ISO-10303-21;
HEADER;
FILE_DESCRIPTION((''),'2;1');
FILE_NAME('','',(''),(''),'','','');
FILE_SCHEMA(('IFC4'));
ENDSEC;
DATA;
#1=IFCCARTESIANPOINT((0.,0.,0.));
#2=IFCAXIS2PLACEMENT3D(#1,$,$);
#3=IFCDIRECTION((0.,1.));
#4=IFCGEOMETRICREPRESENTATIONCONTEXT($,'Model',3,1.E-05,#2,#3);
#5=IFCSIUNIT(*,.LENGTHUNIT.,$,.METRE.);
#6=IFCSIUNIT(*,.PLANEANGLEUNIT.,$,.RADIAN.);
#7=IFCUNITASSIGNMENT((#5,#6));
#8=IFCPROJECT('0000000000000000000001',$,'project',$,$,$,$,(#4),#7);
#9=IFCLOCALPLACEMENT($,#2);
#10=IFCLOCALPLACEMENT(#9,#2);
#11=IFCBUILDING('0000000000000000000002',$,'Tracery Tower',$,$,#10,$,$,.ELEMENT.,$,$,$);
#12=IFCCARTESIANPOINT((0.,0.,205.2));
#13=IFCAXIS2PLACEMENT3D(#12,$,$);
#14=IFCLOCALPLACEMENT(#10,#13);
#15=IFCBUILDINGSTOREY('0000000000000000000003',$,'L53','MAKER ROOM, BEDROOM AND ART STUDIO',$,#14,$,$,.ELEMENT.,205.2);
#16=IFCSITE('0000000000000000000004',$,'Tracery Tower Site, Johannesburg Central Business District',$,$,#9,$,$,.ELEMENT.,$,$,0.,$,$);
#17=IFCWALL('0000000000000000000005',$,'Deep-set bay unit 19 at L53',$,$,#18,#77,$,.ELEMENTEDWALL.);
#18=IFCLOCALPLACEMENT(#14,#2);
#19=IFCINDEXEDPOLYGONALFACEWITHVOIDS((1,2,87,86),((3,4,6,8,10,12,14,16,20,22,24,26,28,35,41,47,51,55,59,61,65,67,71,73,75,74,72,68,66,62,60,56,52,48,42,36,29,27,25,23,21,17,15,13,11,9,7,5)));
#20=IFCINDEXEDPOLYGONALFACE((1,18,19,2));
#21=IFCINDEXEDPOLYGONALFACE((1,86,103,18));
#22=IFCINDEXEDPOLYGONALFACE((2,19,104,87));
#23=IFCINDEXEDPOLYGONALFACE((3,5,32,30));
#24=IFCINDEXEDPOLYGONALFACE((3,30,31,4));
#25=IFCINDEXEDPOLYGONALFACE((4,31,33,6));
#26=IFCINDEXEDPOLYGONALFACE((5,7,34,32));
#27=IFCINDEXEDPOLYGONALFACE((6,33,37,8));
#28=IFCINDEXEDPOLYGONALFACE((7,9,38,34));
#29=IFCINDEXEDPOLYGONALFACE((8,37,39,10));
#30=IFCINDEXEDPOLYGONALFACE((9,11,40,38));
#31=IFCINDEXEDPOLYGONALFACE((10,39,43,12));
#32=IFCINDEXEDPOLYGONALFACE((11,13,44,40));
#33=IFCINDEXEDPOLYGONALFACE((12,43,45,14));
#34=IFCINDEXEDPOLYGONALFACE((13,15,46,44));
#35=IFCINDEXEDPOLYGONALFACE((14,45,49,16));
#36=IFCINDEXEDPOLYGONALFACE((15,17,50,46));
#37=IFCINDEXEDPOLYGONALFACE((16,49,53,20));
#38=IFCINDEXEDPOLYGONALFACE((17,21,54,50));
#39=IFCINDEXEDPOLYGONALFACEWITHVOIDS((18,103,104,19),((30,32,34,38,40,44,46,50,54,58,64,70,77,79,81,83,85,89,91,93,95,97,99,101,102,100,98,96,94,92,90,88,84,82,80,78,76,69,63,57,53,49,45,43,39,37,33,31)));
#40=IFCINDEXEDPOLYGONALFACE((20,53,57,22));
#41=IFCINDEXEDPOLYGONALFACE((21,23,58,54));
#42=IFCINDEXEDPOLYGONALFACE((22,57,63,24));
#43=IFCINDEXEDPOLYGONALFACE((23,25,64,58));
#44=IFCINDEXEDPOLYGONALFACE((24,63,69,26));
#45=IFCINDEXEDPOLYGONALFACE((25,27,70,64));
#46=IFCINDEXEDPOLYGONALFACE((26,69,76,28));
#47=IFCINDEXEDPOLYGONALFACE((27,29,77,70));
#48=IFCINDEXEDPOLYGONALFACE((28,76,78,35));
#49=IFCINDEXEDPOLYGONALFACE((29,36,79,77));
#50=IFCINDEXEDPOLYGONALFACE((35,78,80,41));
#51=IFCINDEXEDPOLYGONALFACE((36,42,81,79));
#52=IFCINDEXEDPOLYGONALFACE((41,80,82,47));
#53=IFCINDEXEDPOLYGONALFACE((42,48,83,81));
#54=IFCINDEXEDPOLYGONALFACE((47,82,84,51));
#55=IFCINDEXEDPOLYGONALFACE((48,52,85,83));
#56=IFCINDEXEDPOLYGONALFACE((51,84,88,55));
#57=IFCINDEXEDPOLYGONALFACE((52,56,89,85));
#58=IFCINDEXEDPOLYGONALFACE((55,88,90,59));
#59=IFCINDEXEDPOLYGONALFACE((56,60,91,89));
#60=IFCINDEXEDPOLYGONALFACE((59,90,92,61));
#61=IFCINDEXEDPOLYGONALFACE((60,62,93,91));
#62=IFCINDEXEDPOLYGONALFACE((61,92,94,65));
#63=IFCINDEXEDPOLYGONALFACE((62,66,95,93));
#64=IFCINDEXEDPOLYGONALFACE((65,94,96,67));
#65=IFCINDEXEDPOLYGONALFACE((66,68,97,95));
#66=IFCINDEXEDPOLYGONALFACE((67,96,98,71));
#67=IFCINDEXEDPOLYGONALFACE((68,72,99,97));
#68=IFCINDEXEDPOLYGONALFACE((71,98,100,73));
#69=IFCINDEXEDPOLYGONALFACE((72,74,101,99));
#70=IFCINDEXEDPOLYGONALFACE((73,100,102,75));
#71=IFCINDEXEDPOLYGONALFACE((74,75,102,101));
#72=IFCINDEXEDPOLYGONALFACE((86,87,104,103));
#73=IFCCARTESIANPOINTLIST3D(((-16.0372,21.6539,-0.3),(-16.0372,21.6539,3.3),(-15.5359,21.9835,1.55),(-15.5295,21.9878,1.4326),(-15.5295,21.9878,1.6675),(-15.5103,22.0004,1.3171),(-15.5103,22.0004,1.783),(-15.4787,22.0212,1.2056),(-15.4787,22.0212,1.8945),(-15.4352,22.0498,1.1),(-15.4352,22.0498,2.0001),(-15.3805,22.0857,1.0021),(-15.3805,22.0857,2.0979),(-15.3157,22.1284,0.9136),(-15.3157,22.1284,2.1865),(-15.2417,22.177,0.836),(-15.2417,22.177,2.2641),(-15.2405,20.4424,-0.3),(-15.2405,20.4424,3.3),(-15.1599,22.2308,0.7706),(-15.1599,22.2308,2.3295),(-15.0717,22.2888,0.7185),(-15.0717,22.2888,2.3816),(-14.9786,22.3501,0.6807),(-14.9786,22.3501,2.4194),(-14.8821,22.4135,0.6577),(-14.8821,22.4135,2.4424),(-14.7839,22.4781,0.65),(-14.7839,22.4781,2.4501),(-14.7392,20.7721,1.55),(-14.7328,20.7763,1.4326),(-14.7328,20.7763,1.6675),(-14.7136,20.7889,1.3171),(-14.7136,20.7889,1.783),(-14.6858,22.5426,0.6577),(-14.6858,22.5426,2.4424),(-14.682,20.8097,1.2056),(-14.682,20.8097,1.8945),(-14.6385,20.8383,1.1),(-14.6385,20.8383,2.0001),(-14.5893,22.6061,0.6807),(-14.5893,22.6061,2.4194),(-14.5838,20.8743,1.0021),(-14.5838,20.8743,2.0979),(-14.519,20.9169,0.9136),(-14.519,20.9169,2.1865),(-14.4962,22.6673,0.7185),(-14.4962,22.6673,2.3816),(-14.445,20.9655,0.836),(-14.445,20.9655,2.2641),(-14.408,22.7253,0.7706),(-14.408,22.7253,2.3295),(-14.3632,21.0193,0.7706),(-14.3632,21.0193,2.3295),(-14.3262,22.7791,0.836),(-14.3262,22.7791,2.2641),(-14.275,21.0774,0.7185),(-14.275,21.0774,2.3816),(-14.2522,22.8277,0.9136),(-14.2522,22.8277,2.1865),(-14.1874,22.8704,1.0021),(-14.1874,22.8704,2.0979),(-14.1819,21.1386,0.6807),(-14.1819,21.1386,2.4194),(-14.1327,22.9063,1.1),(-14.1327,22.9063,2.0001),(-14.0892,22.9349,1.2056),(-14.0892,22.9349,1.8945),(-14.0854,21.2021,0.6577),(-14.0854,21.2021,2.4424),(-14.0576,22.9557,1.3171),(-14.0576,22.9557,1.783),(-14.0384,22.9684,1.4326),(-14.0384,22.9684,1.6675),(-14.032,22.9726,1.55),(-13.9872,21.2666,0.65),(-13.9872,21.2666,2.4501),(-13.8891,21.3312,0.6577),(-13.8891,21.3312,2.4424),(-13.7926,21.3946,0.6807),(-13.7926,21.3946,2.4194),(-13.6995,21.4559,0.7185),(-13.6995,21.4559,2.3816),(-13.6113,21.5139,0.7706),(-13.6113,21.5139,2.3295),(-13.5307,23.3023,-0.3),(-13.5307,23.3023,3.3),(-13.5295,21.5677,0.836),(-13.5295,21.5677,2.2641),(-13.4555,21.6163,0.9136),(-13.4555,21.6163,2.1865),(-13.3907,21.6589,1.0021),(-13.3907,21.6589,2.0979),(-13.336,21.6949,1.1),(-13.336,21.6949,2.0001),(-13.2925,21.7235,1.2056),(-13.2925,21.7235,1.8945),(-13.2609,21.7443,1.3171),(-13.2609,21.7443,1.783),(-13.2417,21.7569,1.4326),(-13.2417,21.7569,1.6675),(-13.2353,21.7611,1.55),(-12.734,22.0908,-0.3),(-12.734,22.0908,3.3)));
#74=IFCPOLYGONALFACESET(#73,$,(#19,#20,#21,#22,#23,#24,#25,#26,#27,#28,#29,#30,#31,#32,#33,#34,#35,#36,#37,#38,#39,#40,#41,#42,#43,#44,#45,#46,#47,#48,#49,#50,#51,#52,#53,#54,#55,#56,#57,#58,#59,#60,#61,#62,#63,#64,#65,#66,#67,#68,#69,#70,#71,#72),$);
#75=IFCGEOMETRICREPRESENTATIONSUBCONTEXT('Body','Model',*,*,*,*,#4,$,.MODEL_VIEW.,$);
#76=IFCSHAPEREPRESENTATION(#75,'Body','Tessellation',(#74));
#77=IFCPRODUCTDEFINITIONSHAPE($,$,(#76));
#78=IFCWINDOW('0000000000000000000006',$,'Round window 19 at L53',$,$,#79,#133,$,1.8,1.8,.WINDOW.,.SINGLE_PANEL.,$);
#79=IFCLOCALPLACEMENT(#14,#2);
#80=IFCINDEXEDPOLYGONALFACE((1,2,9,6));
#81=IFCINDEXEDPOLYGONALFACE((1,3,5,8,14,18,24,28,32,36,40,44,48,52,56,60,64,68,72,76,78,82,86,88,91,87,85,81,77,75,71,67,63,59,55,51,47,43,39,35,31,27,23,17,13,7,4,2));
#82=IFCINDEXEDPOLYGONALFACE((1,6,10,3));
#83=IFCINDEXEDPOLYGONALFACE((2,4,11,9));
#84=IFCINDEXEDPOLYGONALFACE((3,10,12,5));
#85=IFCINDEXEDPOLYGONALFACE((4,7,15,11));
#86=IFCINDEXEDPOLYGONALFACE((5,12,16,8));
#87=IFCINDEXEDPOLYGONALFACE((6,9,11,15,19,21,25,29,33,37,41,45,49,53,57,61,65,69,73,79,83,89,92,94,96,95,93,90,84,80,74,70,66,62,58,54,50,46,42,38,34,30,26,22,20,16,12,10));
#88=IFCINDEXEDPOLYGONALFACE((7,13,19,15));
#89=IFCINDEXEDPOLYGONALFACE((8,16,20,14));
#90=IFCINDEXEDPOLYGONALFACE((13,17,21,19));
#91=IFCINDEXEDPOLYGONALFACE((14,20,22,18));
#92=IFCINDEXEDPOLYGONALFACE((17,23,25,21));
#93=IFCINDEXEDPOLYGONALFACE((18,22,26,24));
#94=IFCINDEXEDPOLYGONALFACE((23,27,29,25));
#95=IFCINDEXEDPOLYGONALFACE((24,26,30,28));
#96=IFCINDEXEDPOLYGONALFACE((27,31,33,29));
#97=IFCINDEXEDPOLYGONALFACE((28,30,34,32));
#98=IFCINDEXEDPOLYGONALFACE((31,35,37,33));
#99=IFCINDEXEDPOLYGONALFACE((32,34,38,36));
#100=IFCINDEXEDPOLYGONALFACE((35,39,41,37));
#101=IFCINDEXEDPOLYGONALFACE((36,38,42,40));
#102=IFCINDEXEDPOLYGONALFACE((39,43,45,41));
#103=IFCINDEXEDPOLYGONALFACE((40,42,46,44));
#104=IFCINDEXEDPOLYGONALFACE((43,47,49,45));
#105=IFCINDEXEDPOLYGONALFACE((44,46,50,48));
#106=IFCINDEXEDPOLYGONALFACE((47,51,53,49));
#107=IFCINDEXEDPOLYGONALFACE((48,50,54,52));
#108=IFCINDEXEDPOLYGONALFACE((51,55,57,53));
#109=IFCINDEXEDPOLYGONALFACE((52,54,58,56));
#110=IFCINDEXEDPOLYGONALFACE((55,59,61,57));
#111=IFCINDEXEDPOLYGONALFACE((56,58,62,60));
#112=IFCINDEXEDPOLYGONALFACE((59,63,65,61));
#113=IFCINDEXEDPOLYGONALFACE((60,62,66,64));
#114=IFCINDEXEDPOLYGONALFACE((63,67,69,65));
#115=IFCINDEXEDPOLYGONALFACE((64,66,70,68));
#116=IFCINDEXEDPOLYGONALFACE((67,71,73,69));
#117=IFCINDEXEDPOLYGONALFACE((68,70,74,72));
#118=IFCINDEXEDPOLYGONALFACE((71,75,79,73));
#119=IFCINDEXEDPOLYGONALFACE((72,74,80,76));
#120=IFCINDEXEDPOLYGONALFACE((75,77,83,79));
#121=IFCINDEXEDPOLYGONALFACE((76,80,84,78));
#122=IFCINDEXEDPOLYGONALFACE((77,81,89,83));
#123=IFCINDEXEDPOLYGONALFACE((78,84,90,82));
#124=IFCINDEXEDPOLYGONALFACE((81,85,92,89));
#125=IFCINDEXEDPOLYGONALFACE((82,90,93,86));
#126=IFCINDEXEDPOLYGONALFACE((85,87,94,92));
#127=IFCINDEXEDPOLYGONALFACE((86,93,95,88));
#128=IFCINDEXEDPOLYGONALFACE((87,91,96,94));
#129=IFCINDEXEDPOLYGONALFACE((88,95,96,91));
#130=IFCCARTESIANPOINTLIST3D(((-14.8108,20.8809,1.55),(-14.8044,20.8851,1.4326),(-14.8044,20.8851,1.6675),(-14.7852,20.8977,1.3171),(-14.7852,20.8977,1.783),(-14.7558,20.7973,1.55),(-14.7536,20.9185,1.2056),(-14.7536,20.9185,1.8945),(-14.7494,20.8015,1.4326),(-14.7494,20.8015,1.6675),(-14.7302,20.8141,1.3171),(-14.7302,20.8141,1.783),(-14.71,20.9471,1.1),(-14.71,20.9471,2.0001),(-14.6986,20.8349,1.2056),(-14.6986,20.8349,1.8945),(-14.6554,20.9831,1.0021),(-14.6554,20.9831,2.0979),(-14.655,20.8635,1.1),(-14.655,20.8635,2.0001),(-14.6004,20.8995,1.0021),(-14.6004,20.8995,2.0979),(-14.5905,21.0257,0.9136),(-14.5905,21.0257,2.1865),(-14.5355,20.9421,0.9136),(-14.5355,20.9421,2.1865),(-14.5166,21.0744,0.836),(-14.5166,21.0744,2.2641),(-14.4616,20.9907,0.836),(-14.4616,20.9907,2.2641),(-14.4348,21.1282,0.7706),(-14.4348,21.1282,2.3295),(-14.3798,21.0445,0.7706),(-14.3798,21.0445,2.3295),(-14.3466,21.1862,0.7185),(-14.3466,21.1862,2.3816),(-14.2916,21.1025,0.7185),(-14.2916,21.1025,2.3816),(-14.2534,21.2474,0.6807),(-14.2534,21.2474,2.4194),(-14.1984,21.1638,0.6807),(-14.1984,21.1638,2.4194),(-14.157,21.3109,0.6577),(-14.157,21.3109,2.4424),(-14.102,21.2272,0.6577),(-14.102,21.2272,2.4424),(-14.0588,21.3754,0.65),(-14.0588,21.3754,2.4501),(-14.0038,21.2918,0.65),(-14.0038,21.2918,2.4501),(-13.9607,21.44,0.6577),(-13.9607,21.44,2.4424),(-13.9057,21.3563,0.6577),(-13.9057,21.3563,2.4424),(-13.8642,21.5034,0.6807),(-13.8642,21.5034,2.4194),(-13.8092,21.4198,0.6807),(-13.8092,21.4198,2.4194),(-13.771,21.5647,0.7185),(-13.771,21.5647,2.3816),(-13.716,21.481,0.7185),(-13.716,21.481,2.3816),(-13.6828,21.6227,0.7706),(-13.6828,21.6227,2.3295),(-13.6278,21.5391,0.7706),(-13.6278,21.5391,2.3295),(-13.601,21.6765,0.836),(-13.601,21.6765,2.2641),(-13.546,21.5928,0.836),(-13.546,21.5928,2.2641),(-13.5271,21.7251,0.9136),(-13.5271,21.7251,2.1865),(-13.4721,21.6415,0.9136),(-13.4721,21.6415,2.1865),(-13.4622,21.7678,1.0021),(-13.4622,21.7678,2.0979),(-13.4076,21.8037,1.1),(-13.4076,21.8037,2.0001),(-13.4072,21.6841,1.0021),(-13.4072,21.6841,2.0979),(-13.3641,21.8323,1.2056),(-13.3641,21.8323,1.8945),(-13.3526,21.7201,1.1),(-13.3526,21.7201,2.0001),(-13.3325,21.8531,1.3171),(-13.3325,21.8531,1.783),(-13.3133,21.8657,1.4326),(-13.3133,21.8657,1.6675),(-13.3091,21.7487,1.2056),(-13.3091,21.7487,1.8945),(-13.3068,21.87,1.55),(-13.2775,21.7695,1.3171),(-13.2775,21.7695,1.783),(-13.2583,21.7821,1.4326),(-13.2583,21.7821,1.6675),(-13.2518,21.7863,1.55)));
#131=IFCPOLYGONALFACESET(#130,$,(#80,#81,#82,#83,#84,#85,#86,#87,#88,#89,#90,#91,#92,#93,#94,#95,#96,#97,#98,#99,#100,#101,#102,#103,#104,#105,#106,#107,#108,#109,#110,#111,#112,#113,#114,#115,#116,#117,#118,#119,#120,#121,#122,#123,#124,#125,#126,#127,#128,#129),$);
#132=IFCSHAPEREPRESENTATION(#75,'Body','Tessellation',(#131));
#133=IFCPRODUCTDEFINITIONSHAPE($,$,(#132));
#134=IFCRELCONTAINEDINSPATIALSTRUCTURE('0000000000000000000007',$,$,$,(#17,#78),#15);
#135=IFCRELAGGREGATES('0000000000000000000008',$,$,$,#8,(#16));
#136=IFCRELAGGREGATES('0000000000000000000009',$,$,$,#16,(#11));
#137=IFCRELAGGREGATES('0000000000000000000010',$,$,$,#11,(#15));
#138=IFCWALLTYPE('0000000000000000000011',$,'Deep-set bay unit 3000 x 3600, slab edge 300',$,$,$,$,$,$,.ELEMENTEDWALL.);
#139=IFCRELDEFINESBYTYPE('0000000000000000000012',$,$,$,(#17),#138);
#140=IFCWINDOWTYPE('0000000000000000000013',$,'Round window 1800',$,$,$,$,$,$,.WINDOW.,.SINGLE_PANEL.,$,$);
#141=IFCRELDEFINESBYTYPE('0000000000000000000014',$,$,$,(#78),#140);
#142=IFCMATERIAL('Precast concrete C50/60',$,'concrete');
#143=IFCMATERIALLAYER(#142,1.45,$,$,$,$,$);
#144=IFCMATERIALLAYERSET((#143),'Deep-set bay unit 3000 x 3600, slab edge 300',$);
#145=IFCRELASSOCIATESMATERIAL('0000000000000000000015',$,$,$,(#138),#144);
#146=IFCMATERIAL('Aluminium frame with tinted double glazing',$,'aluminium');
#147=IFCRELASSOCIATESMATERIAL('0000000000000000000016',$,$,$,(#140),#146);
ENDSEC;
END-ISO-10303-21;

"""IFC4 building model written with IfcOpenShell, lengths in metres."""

from ifc_helpers import new_model, si_unit, direction, frame, frame_2d, origin, origin_2d, place, context, subcontext, project, spatial, rectangle, circle, extrude, material, layer, layer_set, type_object, element, fill, save


model = new_model("IFC4")

# Units and contexts
model_context = context("Model", 3, precision=1e-05, world=origin(), true_north=direction((0.0, 1.0)))
body_context = subcontext(model_context, "Body", "Model", "MODEL_VIEW")
ifc_project = project(units=[si_unit("LENGTHUNIT", "METRE"), si_unit("PLANEANGLEUNIT", "RADIAN")], contexts=[model_context])

# Site, building, storey
site_placement = place(None, origin())
site = spatial("IfcSite", under=ifc_project, at=site_placement, Name="Tracery Tower Site, Johannesburg Central Business District", CompositionType="ELEMENT", RefElevation=0.0)
building_placement = place(site_placement, origin())
building = spatial("IfcBuilding", under=site, at=building_placement, Name="Tracery Tower", CompositionType="ELEMENT")
storey_placement = place(building_placement, frame((0.0, 0.0, 205.2)))
storey = spatial("IfcBuildingStorey", under=building, at=storey_placement, Name="L53", Description="MAKER ROOM, BEDROOM AND ART STUDIO", CompositionType="ELEMENT", Elevation=205.2)

# Wall, opening, window
ifc_material_1 = material(Name="Precast concrete C50/60", Category="concrete")
ifc_layer_1 = layer(ifc_material_1, 1.45)
ifc_layer_set_1 = layer_set([ifc_layer_1], Name="Deep-set bay unit 3000 x 3600, slab edge 300")
wall_type_1 = type_object("IfcWallType", Name="Deep-set bay unit 3000 x 3600, slab edge 300", PredefinedType="ELEMENTEDWALL", material=ifc_layer_set_1)
wall_1_placement = place(storey_placement, frame((-13.1323, 22.6965, -0.3), z_axis=(0.0, 0.0, 1.0), x_axis=(-0.835514, -0.549469, 0.0)))
wall_1 = element("IfcWall", 1, at=wall_1_placement, inside=storey, type_object=wall_type_1, Name="Deep-set bay unit 19 at L53", PredefinedType="ELEMENTEDWALL", context=body_context, shape_type="SweptSolid", body=[
    extrude(rectangle(XDim=3.0, YDim=1.45, at=frame_2d((1.5, 0.0))), origin(), (0.0, 0.0, 1.0), 3.6001),
])
opening_1_placement = place(wall_1_placement, frame((1.5, 0.0, 1.8501)))
opening_1 = element("IfcOpeningElement", 2, at=opening_1_placement, cuts=wall_1, PredefinedType="OPENING", context=body_context, shape_type="SweptSolid", body=[
    extrude(circle(Radius=0.9, at=origin_2d()), frame((0.0, 0.7349, 0.0), z_axis=(0.0, -1.0, 0.0), x_axis=(1.0, 0.0, 0.0)), (0.0, 0.0, 1.0), 1.47),
])
ifc_material_2 = material(Name="Aluminium frame with tinted double glazing", Category="aluminium")
window_type = type_object("IfcWindowType", Name="Round window 1800", PartitioningType="SINGLE_PANEL", PredefinedType="WINDOW", material=ifc_material_2)
window_1_placement = place(opening_1_placement, origin())
window_1 = element("IfcWindow", 3, at=window_1_placement, inside=storey, type_object=window_type, Name="Round window 19 at L53", OverallHeight=1.8, OverallWidth=1.8, PartitioningType="SINGLE_PANEL", PredefinedType="WINDOW", context=body_context, shape_type="SweptSolid", body=[
    extrude(circle(Radius=0.9, at=origin_2d()), frame((0.0, 0.6948, 0.0), z_axis=(0.0, -1.0, 0.0), x_axis=(1.0, 0.0, 0.0)), (0.0, 0.0, 1.0), 0.1001),
])
fill(opening_1, window_1)

save(model, "model.ifc")
